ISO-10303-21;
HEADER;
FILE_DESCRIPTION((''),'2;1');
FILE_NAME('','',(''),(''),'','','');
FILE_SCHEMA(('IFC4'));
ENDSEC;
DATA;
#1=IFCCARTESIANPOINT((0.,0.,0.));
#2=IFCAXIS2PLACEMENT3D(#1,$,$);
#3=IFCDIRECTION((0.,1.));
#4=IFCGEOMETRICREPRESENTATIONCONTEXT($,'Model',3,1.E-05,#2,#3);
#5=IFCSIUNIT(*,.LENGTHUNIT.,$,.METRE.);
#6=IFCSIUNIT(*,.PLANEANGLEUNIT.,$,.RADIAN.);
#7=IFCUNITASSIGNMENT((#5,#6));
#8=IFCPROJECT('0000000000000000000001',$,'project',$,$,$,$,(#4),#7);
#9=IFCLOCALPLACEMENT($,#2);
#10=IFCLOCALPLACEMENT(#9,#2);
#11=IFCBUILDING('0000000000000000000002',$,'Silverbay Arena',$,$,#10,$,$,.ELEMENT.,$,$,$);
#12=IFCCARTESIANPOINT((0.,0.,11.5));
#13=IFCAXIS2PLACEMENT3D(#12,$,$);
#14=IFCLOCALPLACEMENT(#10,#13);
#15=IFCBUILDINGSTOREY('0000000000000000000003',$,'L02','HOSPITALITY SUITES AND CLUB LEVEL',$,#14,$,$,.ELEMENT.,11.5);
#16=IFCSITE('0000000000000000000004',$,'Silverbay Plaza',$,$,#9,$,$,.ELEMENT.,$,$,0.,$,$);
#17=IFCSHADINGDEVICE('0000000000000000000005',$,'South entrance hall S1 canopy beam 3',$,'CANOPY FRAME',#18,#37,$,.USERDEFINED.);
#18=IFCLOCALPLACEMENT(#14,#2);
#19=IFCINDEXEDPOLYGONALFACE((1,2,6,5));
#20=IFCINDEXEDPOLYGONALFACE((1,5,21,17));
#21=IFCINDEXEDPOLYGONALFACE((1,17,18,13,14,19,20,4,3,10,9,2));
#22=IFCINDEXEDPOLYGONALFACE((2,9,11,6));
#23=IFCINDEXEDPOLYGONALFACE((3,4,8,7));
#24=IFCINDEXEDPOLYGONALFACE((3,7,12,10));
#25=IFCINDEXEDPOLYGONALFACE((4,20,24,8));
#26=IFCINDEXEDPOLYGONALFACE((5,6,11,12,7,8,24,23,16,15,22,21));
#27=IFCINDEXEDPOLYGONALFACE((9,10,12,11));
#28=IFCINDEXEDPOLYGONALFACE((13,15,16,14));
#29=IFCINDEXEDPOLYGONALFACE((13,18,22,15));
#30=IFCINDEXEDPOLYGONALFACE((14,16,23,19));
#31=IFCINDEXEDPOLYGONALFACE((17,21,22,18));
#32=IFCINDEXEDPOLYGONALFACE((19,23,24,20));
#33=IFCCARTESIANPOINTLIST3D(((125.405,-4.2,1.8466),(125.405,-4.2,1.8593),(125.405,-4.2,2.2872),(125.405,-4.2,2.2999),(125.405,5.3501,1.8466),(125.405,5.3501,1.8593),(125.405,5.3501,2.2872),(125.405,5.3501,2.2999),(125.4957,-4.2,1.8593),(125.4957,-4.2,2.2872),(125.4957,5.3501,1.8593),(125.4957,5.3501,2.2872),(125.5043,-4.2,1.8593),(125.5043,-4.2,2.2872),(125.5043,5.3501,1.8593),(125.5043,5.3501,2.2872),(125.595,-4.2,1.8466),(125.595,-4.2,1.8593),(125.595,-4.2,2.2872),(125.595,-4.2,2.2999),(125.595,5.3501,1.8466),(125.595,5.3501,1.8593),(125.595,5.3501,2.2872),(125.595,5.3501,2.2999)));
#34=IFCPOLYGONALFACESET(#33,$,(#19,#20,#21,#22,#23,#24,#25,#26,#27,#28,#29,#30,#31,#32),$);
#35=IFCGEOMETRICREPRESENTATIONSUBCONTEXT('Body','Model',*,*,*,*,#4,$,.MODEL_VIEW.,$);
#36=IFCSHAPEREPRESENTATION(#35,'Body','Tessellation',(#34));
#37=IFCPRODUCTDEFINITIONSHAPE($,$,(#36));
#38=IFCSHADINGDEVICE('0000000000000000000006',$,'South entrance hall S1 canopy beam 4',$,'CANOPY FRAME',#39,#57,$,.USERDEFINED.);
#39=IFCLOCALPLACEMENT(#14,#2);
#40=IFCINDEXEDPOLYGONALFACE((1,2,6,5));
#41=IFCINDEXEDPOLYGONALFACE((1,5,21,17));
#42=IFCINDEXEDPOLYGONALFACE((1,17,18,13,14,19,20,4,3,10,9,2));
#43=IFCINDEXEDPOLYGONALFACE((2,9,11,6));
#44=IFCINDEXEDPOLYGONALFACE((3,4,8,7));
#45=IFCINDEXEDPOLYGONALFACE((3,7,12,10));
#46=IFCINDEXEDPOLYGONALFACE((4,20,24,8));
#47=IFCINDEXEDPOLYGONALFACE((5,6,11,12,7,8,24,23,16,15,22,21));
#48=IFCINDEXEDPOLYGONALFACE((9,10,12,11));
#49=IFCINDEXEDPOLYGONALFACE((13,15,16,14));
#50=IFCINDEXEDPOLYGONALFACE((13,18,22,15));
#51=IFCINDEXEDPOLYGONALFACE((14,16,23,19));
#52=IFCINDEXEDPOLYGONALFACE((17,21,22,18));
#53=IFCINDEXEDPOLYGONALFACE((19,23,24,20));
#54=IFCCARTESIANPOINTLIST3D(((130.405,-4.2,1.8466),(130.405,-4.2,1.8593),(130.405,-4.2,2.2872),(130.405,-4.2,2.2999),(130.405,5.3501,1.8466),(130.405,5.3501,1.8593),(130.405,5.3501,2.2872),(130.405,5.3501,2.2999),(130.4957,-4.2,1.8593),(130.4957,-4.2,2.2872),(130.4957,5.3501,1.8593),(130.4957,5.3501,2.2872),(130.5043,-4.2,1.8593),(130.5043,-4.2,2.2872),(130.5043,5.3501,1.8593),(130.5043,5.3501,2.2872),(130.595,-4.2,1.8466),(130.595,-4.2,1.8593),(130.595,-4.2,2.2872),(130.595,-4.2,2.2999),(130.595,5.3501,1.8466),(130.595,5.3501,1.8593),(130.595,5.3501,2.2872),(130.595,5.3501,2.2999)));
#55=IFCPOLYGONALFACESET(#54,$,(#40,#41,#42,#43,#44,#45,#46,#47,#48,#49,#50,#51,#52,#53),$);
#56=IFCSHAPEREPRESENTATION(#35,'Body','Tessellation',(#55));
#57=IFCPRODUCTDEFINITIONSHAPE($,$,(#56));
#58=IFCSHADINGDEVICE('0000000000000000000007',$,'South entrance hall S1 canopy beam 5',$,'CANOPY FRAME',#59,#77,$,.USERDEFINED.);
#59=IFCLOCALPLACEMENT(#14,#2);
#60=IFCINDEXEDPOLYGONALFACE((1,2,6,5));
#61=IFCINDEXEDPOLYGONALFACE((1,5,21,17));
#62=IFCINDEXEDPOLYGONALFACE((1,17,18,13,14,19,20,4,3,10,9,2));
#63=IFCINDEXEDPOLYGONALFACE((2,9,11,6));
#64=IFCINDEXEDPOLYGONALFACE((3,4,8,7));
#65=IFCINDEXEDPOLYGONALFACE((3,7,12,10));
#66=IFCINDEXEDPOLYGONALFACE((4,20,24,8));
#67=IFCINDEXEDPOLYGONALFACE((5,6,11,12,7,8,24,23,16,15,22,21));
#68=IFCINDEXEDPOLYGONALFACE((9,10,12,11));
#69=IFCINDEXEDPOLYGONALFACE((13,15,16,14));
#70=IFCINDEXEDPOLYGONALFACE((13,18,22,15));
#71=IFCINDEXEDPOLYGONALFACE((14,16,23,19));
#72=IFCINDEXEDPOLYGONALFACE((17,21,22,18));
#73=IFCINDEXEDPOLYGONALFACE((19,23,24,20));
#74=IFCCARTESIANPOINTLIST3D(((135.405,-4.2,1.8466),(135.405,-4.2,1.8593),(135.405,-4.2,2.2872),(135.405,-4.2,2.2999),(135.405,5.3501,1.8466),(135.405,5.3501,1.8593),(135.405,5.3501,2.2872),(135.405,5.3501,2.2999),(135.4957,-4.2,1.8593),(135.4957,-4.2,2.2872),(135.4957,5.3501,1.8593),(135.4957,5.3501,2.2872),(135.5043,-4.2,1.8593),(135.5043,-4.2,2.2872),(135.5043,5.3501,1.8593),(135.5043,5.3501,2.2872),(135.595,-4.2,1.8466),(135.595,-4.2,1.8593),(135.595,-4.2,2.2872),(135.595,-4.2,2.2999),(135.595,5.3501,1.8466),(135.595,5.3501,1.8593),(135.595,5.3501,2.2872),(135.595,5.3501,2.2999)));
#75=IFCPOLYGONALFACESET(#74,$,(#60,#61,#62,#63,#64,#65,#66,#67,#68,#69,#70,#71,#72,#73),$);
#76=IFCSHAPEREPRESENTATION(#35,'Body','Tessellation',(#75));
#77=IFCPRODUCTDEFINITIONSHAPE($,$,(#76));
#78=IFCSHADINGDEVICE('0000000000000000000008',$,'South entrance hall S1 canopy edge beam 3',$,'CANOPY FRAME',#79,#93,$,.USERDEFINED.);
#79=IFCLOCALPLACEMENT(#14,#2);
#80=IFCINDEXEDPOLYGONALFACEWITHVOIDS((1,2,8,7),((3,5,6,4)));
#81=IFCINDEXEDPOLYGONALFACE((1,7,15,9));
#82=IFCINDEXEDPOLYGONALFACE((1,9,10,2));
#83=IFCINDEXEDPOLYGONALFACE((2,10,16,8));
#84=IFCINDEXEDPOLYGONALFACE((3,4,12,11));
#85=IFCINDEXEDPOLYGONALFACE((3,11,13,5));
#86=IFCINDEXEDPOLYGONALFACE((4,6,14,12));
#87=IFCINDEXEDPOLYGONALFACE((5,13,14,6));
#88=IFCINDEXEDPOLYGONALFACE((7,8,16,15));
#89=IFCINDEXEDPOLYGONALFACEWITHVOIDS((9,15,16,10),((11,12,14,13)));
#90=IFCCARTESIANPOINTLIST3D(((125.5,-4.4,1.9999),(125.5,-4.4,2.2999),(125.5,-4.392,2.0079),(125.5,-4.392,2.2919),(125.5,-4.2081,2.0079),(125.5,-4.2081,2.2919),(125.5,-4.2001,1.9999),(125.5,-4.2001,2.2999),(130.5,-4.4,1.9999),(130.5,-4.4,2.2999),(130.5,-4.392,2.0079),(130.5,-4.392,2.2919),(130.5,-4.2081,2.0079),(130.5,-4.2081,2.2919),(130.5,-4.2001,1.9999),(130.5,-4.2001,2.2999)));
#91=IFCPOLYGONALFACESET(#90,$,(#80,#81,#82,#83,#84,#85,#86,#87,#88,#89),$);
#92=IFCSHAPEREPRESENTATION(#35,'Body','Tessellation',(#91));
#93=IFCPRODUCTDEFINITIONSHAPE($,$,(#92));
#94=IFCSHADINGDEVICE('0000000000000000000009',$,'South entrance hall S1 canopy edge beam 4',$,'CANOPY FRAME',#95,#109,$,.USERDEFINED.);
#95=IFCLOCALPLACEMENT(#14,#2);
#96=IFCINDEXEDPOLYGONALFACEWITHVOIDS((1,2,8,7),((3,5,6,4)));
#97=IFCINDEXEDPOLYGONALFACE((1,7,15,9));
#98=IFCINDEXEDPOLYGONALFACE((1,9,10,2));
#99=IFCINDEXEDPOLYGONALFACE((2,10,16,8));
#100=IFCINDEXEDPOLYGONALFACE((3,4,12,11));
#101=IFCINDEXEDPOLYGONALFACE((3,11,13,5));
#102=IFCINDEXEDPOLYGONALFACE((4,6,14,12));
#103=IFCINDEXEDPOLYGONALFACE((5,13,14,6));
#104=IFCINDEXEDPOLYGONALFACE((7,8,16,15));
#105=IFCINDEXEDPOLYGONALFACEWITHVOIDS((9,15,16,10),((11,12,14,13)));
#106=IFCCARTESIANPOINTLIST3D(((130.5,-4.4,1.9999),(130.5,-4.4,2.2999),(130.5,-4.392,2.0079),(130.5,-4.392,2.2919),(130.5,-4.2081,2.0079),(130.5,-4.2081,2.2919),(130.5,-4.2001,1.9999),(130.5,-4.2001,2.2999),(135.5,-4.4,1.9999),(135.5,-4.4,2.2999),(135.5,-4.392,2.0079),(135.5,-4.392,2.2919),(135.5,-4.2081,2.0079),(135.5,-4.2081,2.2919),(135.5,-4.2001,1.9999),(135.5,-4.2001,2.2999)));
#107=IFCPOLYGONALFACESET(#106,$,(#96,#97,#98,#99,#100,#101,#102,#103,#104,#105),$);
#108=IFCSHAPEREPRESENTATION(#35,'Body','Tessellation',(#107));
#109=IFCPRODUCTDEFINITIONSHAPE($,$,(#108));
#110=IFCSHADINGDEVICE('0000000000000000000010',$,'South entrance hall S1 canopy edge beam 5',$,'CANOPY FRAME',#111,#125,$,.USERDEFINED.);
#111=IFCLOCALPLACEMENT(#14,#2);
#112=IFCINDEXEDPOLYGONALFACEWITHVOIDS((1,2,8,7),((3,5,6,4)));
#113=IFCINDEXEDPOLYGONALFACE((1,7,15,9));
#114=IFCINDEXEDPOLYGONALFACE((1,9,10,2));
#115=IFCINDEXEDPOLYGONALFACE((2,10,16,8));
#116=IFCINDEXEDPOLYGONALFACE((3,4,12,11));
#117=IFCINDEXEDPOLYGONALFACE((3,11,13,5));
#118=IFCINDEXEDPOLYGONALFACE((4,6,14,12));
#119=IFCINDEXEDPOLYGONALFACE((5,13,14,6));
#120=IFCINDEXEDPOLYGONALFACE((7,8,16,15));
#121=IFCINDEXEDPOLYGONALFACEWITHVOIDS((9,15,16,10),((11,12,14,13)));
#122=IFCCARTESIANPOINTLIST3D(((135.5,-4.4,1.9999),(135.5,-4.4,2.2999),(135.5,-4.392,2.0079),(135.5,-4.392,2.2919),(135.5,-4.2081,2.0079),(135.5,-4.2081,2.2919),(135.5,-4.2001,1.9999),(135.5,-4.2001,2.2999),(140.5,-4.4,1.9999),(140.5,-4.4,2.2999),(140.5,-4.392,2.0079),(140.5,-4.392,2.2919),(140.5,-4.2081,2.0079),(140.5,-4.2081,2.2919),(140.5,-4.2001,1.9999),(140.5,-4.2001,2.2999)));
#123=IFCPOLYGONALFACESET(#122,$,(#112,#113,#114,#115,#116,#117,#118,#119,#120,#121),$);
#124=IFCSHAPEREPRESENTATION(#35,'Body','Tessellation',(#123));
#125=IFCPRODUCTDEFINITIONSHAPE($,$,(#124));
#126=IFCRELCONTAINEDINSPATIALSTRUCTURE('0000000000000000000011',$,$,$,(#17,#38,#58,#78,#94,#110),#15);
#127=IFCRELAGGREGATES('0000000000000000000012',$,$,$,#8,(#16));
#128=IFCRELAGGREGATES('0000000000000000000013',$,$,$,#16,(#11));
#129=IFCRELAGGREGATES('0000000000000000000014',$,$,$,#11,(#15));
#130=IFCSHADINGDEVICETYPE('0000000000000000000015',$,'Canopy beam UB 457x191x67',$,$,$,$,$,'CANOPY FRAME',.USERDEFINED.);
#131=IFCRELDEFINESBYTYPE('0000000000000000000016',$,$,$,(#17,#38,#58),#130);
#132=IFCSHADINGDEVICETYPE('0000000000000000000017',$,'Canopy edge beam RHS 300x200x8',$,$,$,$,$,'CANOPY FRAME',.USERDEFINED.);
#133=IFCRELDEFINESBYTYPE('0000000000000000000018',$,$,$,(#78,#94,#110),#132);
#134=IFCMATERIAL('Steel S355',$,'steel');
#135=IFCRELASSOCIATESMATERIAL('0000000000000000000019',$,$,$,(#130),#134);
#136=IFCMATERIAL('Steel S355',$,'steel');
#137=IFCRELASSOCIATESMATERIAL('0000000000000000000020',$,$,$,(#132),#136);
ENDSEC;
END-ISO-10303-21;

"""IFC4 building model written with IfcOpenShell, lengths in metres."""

from ifc_helpers import new_model, si_unit, direction, frame, origin, origin_2d, place, context, subcontext, project, spatial, hollow_rectangle, i_section, extrude, material, material_profile, profile_set, type_object, element, save


model = new_model("IFC4")

# Units and contexts
model_context = context("Model", 3, precision=1e-05, world=origin(), true_north=direction((0.0, 1.0)))
body_context = subcontext(model_context, "Body", "Model", "MODEL_VIEW")
ifc_project = project(units=[si_unit("LENGTHUNIT", "METRE"), si_unit("PLANEANGLEUNIT", "RADIAN")], contexts=[model_context])

# Site, building, storey
site_placement = place(None, origin())
site = spatial("IfcSite", under=ifc_project, at=site_placement, Name="Silverbay Plaza", CompositionType="ELEMENT", RefElevation=0.0)
building_placement = place(site_placement, origin())
building = spatial("IfcBuilding", under=site, at=building_placement, Name="Silverbay Arena", CompositionType="ELEMENT")
storey_placement = place(building_placement, frame((0.0, 0.0, 11.5)))
storey = spatial("IfcBuildingStorey", under=building, at=storey_placement, Name="L02", Description="HOSPITALITY SUITES AND CLUB LEVEL", CompositionType="ELEMENT", Elevation=11.5)

# Shading devices
ifc_material_1 = material(Name="Steel S355", Category="steel")
ifc_material_profile_1 = material_profile(ifc_material_1, i_section(OverallWidth=0.1899, OverallDepth=0.4534, WebThickness=0.0085, FlangeThickness=0.0127, at=origin_2d()), Name="UB 457x191x67")
ifc_profile_set_1 = profile_set([ifc_material_profile_1], Name="Steel S355")
shading_device_type_1 = type_object("IfcShadingDeviceType", Name="Canopy beam UB 457x191x67", ElementType="CANOPY FRAME", PredefinedType="USERDEFINED", material=ifc_profile_set_1)
for number, where, z_axis, x_axis, name in (
    (1, (125.5, 5.3501, 2.0732), (0.0, -1.0, 0.0), (1.0, 0.0, 0.0), "South entrance hall S1 canopy beam 3"),
    (2, (130.5, 5.3501, 2.0732), (0.0, -1.0, 0.0), (1.0, 0.0, 0.0), "South entrance hall S1 canopy beam 4"),
    (3, (135.5, 5.3501, 2.0732), (0.0, -1.0, 0.0), (1.0, 0.0, 0.0), "South entrance hall S1 canopy beam 5"),
):
    element("IfcShadingDevice", number, at=place(storey_placement, frame(where, z_axis=z_axis, x_axis=x_axis)), inside=storey, type_object=shading_device_type_1, Name=name, ObjectType="CANOPY FRAME", PredefinedType="USERDEFINED", context=body_context, shape_type="SweptSolid", body=[
        extrude(i_section(OverallWidth=0.1899, OverallDepth=0.4534, WebThickness=0.0085, FlangeThickness=0.0127, at=origin_2d()), origin(), (0.0, 0.0, 1.0), 9.55),
    ])
ifc_material_2 = material(Name="Steel S355", Category="steel")
ifc_material_profile_2 = material_profile(ifc_material_2, hollow_rectangle(XDim=0.2, YDim=0.3, WallThickness=0.0081, at=origin_2d()), Name="RHS 300x200x8")
ifc_profile_set_2 = profile_set([ifc_material_profile_2], Name="Steel S355")
shading_device_type_2 = type_object("IfcShadingDeviceType", Name="Canopy edge beam RHS 300x200x8", ElementType="CANOPY FRAME", PredefinedType="USERDEFINED", material=ifc_profile_set_2)
for number, where, z_axis, x_axis, name in (
    (4, (125.5, -4.3, 2.1499), (1.0, 0.0, 0.0), (0.0, 1.0, 0.0), "South entrance hall S1 canopy edge beam 3"),
    (5, (130.5, -4.3, 2.1499), (1.0, 0.0, 0.0), (0.0, 1.0, 0.0), "South entrance hall S1 canopy edge beam 4"),
    (6, (135.5, -4.3, 2.1499), (1.0, 0.0, 0.0), (0.0, 1.0, 0.0), "South entrance hall S1 canopy edge beam 5"),
):
    element("IfcShadingDevice", number, at=place(storey_placement, frame(where, z_axis=z_axis, x_axis=x_axis)), inside=storey, type_object=shading_device_type_2, Name=name, ObjectType="CANOPY FRAME", PredefinedType="USERDEFINED", context=body_context, shape_type="SweptSolid", body=[
        extrude(hollow_rectangle(XDim=0.2, YDim=0.3, WallThickness=0.0081, at=origin_2d()), origin(), (0.0, 0.0, 1.0), 5.0),
    ])

save(model, "model.ifc")
